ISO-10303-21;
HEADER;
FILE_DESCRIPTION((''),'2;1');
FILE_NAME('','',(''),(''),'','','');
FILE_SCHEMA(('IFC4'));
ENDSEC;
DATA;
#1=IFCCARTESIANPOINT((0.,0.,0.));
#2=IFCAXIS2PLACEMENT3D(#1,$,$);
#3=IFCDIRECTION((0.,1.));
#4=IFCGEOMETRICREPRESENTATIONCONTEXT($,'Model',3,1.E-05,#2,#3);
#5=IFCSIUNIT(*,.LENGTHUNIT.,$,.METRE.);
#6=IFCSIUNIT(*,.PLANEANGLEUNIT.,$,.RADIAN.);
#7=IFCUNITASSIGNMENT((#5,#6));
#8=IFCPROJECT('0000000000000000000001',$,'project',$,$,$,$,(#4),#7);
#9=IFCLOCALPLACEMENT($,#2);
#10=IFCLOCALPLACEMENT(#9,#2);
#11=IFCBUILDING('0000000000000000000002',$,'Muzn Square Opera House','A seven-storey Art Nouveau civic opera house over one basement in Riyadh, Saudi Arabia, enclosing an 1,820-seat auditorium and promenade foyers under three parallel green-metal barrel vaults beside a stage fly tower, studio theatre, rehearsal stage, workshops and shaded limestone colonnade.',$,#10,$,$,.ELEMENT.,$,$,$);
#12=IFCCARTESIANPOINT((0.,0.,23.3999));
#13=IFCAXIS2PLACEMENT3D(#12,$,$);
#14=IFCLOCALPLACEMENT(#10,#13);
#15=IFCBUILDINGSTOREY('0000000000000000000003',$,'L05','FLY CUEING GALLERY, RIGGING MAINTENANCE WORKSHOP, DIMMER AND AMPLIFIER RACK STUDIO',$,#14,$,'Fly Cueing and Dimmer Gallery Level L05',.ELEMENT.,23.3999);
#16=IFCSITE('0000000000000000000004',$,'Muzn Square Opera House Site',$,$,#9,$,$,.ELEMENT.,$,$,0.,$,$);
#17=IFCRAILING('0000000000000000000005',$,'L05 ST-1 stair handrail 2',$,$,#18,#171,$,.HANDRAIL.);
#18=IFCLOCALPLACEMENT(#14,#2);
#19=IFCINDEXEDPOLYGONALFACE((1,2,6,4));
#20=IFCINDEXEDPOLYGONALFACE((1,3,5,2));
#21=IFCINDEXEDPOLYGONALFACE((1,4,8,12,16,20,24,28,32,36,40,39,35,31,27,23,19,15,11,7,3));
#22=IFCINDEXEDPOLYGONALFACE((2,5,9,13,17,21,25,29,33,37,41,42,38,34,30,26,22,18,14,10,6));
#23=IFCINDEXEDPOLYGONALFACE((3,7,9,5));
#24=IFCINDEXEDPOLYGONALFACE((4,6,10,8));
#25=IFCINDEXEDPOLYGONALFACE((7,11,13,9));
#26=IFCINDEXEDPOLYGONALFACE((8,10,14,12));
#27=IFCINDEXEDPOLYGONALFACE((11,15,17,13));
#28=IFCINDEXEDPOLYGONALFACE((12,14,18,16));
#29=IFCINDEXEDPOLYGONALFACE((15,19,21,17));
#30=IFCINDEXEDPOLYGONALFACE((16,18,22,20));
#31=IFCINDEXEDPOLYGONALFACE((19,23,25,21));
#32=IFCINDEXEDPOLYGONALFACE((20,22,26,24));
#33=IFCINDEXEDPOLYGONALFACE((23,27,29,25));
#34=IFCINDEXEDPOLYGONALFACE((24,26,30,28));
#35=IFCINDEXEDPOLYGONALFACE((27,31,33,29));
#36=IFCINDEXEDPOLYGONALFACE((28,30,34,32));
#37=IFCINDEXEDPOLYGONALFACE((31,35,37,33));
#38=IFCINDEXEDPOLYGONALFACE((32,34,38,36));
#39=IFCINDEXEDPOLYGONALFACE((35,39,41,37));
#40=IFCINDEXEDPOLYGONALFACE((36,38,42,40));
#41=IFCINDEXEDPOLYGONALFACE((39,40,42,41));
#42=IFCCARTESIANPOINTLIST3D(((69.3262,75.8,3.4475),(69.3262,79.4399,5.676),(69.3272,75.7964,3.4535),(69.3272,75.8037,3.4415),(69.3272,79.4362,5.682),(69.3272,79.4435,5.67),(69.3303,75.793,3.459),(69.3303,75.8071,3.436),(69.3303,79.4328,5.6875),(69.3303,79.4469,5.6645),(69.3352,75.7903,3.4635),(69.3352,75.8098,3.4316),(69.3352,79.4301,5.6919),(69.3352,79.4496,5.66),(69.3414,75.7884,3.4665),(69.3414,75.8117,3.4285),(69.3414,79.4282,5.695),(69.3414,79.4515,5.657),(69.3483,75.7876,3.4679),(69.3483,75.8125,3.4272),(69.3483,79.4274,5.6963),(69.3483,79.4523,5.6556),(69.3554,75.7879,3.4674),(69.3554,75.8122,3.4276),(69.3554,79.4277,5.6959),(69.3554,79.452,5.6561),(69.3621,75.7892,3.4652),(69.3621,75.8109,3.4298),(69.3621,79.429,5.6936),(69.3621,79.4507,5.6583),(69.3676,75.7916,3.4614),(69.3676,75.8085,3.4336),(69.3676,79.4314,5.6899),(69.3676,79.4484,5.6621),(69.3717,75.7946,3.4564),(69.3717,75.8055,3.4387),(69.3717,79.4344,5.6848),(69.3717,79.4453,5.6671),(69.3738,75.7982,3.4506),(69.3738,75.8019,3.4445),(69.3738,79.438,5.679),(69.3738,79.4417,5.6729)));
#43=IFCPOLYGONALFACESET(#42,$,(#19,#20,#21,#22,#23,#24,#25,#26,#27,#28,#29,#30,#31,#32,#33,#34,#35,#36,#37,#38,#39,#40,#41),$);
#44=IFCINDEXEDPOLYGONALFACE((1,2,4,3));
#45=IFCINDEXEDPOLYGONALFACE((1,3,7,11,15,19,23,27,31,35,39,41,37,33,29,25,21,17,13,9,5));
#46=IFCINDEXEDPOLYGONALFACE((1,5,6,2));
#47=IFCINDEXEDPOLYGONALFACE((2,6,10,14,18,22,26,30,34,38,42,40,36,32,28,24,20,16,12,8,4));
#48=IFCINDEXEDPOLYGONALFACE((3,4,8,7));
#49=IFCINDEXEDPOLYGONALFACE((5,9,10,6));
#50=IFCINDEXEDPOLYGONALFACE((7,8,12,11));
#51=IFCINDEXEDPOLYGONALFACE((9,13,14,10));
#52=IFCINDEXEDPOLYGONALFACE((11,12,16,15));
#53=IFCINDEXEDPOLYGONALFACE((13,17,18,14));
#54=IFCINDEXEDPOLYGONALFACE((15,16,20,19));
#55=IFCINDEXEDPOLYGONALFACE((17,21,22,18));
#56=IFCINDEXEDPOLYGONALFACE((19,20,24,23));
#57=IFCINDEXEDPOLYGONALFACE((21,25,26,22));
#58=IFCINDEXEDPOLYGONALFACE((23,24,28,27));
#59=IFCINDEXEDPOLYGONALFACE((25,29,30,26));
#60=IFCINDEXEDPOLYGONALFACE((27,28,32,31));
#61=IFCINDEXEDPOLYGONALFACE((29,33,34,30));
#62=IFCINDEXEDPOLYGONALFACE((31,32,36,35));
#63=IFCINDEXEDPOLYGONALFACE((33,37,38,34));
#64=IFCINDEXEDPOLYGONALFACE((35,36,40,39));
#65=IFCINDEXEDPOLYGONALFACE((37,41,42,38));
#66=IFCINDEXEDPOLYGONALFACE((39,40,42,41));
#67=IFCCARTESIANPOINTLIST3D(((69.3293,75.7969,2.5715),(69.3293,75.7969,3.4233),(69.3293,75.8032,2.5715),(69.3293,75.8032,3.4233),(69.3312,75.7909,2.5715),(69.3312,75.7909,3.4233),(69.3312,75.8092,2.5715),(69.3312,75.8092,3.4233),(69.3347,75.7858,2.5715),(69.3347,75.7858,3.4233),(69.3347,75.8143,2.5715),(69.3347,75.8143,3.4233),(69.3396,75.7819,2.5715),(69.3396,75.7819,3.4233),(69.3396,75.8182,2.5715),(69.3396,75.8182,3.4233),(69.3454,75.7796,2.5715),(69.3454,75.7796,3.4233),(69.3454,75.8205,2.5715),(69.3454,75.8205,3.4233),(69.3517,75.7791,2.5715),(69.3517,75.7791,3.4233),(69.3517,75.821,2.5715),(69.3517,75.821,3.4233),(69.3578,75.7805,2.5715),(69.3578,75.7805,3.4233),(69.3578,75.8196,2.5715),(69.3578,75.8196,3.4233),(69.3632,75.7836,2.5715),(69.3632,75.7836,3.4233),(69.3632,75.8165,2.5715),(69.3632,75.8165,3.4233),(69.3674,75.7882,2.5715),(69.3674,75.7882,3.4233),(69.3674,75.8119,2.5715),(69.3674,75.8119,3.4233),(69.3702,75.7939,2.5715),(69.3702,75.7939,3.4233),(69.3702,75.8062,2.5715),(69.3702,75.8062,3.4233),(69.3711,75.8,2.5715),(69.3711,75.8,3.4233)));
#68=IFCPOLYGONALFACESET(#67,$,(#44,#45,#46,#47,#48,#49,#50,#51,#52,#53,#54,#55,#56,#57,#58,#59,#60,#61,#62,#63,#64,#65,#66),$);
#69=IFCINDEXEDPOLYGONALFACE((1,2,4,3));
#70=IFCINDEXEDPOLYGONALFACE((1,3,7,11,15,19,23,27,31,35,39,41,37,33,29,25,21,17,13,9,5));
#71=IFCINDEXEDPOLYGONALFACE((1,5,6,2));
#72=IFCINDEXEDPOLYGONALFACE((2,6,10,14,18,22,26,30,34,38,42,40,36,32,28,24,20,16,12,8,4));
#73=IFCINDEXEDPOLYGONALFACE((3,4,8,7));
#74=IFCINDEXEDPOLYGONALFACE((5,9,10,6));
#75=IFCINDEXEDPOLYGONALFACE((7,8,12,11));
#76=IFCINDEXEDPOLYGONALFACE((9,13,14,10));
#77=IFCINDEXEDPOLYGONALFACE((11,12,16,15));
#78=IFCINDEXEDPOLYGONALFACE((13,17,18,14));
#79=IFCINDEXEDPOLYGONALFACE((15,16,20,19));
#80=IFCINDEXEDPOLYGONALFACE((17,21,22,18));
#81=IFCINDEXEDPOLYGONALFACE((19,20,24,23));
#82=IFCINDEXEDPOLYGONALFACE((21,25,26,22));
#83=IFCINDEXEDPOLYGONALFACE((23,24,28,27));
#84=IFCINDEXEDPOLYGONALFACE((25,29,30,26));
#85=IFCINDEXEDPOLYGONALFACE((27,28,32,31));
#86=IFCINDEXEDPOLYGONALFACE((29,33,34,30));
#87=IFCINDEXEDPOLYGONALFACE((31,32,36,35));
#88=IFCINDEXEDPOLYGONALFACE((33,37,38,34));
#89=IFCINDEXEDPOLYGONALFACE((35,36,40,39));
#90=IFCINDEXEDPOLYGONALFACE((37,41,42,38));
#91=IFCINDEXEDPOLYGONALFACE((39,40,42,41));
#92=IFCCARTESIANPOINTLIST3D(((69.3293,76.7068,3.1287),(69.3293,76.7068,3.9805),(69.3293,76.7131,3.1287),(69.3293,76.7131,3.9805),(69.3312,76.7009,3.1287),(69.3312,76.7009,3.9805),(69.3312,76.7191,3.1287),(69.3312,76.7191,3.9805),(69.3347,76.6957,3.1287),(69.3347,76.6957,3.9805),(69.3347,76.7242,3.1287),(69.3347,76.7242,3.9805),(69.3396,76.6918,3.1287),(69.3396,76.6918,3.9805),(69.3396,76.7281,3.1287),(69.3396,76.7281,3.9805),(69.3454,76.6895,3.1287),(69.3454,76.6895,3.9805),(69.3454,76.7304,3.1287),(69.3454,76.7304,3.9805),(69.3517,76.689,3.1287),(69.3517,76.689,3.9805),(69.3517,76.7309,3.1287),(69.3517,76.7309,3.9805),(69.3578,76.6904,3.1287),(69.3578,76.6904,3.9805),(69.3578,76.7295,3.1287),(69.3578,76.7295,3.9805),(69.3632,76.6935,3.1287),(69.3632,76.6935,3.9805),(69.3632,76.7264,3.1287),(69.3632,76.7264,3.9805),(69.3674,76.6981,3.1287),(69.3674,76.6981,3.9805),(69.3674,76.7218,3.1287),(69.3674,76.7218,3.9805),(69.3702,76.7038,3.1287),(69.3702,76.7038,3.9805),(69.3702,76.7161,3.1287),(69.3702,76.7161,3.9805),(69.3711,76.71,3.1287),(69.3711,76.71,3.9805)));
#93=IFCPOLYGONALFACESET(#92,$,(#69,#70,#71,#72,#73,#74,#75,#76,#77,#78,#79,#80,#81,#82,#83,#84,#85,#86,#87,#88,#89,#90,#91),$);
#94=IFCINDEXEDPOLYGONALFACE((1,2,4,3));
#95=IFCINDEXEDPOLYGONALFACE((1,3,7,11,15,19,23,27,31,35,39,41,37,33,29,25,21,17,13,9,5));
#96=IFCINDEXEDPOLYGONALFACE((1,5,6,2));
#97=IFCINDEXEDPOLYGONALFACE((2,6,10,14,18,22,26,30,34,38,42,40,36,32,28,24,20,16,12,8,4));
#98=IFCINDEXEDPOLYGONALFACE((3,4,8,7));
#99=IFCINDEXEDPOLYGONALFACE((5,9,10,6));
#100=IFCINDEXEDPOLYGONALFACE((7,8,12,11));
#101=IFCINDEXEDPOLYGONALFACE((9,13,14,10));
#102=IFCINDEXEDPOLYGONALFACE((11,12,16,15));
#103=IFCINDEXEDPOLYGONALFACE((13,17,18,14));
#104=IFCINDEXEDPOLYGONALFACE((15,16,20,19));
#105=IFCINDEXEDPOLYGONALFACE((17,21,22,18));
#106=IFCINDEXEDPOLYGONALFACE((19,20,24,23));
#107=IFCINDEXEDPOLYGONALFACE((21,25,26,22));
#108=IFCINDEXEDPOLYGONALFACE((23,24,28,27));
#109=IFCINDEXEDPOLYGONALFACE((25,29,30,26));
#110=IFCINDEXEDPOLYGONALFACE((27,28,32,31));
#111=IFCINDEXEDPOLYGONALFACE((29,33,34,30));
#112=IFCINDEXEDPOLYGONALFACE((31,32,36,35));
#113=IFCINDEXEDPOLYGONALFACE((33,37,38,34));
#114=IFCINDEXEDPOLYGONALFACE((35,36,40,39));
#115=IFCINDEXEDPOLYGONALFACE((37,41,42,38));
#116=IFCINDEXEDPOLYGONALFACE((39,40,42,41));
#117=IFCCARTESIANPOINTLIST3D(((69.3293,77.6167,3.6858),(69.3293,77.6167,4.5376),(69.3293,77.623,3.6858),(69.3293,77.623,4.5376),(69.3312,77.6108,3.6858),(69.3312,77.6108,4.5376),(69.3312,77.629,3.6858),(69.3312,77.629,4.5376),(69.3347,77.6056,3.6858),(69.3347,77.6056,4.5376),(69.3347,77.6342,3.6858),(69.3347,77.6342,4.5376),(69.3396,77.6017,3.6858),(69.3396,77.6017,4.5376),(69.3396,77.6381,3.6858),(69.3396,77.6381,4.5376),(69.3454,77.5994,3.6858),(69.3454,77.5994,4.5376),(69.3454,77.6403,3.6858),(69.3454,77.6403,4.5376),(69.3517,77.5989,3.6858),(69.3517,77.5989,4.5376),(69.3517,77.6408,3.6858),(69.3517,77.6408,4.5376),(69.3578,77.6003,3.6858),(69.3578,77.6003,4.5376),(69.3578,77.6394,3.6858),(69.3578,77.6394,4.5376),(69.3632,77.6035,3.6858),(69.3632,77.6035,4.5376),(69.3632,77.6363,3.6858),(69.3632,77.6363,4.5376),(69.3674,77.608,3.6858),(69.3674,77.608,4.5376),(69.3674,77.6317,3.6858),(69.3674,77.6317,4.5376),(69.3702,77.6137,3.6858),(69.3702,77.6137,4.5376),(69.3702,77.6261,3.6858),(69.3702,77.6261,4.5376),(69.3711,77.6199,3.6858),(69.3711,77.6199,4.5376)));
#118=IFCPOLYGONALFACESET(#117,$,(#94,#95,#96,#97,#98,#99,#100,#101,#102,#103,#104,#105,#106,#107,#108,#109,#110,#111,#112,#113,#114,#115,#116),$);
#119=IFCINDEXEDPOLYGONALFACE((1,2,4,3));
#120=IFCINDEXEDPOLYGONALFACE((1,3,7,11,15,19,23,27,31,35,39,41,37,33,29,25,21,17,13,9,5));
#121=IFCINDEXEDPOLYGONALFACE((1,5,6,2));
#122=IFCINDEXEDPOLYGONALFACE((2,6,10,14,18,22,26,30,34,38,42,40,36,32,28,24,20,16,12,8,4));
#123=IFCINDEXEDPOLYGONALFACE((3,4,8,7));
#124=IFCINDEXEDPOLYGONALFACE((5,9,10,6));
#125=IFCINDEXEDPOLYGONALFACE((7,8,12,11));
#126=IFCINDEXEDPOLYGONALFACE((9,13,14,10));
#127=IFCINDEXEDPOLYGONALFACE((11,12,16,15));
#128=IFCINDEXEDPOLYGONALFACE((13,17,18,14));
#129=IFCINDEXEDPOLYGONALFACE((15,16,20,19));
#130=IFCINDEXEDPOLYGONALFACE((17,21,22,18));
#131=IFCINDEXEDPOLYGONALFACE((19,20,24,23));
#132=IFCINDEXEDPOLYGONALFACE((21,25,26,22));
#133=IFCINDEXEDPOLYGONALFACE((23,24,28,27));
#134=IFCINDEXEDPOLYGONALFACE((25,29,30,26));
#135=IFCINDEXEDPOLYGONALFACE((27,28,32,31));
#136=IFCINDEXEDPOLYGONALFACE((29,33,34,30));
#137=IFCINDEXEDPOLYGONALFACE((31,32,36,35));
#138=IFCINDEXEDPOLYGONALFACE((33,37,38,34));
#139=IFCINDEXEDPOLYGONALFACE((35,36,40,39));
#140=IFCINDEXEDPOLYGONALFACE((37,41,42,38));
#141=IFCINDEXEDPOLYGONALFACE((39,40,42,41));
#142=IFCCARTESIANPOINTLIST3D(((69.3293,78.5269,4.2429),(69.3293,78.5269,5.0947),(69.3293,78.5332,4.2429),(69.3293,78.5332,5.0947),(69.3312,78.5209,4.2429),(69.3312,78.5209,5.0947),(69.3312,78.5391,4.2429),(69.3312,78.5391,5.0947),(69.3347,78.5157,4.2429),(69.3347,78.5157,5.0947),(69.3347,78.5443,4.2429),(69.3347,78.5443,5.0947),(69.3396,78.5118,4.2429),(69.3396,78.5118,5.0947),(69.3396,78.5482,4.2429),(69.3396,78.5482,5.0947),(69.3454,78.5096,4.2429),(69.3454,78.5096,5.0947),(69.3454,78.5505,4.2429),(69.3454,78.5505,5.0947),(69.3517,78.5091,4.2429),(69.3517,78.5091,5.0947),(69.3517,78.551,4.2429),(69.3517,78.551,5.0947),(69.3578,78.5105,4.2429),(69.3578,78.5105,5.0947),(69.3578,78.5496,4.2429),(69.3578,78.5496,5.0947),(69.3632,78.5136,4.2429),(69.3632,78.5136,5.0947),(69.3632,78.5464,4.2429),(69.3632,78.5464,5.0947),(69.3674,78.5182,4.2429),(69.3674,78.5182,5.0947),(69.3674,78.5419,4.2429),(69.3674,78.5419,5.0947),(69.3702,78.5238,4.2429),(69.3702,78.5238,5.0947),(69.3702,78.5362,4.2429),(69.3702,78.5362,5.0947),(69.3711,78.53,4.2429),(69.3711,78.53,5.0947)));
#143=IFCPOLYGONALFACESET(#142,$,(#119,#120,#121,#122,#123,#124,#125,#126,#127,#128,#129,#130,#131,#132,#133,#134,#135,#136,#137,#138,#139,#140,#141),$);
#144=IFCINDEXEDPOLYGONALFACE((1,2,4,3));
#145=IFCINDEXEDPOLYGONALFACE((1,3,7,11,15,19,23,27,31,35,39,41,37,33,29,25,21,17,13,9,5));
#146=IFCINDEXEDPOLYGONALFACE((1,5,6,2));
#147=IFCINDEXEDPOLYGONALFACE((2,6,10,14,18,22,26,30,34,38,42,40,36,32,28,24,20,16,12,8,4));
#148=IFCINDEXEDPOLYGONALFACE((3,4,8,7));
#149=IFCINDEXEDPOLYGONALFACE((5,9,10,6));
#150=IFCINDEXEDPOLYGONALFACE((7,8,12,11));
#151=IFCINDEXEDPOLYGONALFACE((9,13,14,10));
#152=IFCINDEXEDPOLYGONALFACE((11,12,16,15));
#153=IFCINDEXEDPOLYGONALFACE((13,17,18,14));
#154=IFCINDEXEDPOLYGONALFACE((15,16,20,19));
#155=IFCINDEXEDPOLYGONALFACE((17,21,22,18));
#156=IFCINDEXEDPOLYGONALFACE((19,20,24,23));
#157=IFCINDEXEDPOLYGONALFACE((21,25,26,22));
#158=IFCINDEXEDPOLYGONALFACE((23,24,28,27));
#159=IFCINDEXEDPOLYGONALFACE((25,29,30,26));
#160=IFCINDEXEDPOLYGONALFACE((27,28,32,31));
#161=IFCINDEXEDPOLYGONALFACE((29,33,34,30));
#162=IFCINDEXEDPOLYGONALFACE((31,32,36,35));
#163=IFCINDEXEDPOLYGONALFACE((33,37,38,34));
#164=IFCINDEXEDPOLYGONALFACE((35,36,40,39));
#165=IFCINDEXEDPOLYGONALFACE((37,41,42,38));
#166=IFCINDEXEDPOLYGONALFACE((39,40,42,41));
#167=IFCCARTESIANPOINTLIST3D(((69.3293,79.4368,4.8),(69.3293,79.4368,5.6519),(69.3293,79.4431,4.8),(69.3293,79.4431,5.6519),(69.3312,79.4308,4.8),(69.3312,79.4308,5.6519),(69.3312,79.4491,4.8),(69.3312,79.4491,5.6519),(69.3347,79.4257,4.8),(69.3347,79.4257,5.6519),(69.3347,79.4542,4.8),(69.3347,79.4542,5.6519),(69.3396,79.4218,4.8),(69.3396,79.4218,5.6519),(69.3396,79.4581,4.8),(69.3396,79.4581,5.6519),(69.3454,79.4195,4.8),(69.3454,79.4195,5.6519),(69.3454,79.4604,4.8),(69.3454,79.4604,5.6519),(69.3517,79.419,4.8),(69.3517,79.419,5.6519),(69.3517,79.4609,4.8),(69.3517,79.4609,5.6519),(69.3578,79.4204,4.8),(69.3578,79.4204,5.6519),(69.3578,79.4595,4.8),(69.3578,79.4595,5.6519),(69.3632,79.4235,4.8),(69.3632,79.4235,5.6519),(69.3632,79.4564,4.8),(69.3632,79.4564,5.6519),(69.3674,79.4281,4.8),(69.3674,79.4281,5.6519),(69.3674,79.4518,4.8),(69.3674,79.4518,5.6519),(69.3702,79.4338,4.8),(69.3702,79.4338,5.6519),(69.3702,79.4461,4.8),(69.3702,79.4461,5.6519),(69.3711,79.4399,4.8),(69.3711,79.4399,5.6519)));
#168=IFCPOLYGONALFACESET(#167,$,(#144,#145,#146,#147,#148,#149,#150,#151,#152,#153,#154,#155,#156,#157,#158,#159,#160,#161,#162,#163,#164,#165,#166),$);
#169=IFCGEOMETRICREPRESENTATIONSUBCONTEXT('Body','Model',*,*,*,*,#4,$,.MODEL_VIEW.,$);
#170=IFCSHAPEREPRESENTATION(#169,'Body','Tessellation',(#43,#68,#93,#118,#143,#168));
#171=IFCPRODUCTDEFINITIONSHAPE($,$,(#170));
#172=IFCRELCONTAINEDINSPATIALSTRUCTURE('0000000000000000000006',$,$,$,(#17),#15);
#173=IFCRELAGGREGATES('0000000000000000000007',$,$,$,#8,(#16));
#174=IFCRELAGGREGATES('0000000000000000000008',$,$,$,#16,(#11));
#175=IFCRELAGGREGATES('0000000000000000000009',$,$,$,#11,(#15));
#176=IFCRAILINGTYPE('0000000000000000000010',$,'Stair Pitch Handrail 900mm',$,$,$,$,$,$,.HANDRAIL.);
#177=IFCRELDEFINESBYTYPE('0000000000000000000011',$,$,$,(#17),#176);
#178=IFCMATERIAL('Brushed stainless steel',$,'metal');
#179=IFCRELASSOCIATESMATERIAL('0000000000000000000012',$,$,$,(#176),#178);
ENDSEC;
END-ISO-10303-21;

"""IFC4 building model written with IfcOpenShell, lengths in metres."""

from ifc_helpers import new_model, si_unit, direction, frame, origin, origin_2d, place, context, subcontext, project, spatial, circle, extrude, material, type_object, element, save


model = new_model("IFC4")

# Units and contexts
model_context = context("Model", 3, precision=1e-05, world=origin(), true_north=direction((0.0, 1.0)))
body_context = subcontext(model_context, "Body", "Model", "MODEL_VIEW")
ifc_project = project(units=[si_unit("LENGTHUNIT", "METRE"), si_unit("PLANEANGLEUNIT", "RADIAN")], contexts=[model_context])

# Site, building, storey
site_placement = place(None, origin())
site = spatial("IfcSite", under=ifc_project, at=site_placement, Name="Muzn Square Opera House Site", CompositionType="ELEMENT", RefElevation=0.0)
building_placement = place(site_placement, origin())
building = spatial("IfcBuilding", under=site, at=building_placement, Name="Muzn Square Opera House", Description="A seven-storey Art Nouveau civic opera house over one basement in Riyadh, Saudi Arabia, enclosing an 1,820-seat auditorium and promenade foyers under three parallel green-metal barrel vaults beside a stage fly tower, studio theatre, rehearsal stage, workshops and shaded limestone colonnade.", CompositionType="ELEMENT")
storey_placement = place(building_placement, frame((0.0, 0.0, 23.3999)))
storey = spatial("IfcBuildingStorey", under=building, at=storey_placement, Name="L05", Description="FLY CUEING GALLERY, RIGGING MAINTENANCE WORKSHOP, DIMMER AND AMPLIFIER RACK STUDIO", LongName="Fly Cueing and Dimmer Gallery Level L05", CompositionType="ELEMENT", Elevation=23.3999)

# Railing
ifc_material_1 = material(Name="Brushed stainless steel", Category="metal")
railing_type_1 = type_object("IfcRailingType", Name="Stair Pitch Handrail 900mm", PredefinedType="HANDRAIL", material=ifc_material_1)
railing_1_placement = place(storey_placement, frame((69.3501, 75.8, 2.5715)))
element("IfcRailing", 1, at=railing_1_placement, inside=storey, type_object=railing_type_1, Name="L05 ST-1 stair handrail 2", PredefinedType="HANDRAIL", context=body_context, shape_type="SweptSolid", body=[
    extrude(circle(Radius=0.0239, at=origin_2d()), frame((0.0, 0.0, 0.876), z_axis=(0.0, 0.85285, 0.522156), x_axis=(-1.0, 0.0, 0.0)), (0.0, 0.0, 1.0), 4.2678),
    extrude(circle(Radius=0.021, at=origin_2d()), origin(), (0.0, 0.0, 1.0), 0.8518),
    extrude(circle(Radius=0.021, at=origin_2d()), frame((0.0, 0.9099, 0.5571)), (0.0, 0.0, 1.0), 0.8518),
    extrude(circle(Radius=0.021, at=origin_2d()), frame((0.0, 1.8198, 1.1143)), (0.0, 0.0, 1.0), 0.8518),
    extrude(circle(Radius=0.021, at=origin_2d()), frame((0.0, 2.73, 1.6714)), (0.0, 0.0, 1.0), 0.8518),
    extrude(circle(Radius=0.021, at=origin_2d()), frame((0.0, 3.6399, 2.2285)), (0.0, 0.0, 1.0), 0.8518),
])

save(model, "model.ifc")
